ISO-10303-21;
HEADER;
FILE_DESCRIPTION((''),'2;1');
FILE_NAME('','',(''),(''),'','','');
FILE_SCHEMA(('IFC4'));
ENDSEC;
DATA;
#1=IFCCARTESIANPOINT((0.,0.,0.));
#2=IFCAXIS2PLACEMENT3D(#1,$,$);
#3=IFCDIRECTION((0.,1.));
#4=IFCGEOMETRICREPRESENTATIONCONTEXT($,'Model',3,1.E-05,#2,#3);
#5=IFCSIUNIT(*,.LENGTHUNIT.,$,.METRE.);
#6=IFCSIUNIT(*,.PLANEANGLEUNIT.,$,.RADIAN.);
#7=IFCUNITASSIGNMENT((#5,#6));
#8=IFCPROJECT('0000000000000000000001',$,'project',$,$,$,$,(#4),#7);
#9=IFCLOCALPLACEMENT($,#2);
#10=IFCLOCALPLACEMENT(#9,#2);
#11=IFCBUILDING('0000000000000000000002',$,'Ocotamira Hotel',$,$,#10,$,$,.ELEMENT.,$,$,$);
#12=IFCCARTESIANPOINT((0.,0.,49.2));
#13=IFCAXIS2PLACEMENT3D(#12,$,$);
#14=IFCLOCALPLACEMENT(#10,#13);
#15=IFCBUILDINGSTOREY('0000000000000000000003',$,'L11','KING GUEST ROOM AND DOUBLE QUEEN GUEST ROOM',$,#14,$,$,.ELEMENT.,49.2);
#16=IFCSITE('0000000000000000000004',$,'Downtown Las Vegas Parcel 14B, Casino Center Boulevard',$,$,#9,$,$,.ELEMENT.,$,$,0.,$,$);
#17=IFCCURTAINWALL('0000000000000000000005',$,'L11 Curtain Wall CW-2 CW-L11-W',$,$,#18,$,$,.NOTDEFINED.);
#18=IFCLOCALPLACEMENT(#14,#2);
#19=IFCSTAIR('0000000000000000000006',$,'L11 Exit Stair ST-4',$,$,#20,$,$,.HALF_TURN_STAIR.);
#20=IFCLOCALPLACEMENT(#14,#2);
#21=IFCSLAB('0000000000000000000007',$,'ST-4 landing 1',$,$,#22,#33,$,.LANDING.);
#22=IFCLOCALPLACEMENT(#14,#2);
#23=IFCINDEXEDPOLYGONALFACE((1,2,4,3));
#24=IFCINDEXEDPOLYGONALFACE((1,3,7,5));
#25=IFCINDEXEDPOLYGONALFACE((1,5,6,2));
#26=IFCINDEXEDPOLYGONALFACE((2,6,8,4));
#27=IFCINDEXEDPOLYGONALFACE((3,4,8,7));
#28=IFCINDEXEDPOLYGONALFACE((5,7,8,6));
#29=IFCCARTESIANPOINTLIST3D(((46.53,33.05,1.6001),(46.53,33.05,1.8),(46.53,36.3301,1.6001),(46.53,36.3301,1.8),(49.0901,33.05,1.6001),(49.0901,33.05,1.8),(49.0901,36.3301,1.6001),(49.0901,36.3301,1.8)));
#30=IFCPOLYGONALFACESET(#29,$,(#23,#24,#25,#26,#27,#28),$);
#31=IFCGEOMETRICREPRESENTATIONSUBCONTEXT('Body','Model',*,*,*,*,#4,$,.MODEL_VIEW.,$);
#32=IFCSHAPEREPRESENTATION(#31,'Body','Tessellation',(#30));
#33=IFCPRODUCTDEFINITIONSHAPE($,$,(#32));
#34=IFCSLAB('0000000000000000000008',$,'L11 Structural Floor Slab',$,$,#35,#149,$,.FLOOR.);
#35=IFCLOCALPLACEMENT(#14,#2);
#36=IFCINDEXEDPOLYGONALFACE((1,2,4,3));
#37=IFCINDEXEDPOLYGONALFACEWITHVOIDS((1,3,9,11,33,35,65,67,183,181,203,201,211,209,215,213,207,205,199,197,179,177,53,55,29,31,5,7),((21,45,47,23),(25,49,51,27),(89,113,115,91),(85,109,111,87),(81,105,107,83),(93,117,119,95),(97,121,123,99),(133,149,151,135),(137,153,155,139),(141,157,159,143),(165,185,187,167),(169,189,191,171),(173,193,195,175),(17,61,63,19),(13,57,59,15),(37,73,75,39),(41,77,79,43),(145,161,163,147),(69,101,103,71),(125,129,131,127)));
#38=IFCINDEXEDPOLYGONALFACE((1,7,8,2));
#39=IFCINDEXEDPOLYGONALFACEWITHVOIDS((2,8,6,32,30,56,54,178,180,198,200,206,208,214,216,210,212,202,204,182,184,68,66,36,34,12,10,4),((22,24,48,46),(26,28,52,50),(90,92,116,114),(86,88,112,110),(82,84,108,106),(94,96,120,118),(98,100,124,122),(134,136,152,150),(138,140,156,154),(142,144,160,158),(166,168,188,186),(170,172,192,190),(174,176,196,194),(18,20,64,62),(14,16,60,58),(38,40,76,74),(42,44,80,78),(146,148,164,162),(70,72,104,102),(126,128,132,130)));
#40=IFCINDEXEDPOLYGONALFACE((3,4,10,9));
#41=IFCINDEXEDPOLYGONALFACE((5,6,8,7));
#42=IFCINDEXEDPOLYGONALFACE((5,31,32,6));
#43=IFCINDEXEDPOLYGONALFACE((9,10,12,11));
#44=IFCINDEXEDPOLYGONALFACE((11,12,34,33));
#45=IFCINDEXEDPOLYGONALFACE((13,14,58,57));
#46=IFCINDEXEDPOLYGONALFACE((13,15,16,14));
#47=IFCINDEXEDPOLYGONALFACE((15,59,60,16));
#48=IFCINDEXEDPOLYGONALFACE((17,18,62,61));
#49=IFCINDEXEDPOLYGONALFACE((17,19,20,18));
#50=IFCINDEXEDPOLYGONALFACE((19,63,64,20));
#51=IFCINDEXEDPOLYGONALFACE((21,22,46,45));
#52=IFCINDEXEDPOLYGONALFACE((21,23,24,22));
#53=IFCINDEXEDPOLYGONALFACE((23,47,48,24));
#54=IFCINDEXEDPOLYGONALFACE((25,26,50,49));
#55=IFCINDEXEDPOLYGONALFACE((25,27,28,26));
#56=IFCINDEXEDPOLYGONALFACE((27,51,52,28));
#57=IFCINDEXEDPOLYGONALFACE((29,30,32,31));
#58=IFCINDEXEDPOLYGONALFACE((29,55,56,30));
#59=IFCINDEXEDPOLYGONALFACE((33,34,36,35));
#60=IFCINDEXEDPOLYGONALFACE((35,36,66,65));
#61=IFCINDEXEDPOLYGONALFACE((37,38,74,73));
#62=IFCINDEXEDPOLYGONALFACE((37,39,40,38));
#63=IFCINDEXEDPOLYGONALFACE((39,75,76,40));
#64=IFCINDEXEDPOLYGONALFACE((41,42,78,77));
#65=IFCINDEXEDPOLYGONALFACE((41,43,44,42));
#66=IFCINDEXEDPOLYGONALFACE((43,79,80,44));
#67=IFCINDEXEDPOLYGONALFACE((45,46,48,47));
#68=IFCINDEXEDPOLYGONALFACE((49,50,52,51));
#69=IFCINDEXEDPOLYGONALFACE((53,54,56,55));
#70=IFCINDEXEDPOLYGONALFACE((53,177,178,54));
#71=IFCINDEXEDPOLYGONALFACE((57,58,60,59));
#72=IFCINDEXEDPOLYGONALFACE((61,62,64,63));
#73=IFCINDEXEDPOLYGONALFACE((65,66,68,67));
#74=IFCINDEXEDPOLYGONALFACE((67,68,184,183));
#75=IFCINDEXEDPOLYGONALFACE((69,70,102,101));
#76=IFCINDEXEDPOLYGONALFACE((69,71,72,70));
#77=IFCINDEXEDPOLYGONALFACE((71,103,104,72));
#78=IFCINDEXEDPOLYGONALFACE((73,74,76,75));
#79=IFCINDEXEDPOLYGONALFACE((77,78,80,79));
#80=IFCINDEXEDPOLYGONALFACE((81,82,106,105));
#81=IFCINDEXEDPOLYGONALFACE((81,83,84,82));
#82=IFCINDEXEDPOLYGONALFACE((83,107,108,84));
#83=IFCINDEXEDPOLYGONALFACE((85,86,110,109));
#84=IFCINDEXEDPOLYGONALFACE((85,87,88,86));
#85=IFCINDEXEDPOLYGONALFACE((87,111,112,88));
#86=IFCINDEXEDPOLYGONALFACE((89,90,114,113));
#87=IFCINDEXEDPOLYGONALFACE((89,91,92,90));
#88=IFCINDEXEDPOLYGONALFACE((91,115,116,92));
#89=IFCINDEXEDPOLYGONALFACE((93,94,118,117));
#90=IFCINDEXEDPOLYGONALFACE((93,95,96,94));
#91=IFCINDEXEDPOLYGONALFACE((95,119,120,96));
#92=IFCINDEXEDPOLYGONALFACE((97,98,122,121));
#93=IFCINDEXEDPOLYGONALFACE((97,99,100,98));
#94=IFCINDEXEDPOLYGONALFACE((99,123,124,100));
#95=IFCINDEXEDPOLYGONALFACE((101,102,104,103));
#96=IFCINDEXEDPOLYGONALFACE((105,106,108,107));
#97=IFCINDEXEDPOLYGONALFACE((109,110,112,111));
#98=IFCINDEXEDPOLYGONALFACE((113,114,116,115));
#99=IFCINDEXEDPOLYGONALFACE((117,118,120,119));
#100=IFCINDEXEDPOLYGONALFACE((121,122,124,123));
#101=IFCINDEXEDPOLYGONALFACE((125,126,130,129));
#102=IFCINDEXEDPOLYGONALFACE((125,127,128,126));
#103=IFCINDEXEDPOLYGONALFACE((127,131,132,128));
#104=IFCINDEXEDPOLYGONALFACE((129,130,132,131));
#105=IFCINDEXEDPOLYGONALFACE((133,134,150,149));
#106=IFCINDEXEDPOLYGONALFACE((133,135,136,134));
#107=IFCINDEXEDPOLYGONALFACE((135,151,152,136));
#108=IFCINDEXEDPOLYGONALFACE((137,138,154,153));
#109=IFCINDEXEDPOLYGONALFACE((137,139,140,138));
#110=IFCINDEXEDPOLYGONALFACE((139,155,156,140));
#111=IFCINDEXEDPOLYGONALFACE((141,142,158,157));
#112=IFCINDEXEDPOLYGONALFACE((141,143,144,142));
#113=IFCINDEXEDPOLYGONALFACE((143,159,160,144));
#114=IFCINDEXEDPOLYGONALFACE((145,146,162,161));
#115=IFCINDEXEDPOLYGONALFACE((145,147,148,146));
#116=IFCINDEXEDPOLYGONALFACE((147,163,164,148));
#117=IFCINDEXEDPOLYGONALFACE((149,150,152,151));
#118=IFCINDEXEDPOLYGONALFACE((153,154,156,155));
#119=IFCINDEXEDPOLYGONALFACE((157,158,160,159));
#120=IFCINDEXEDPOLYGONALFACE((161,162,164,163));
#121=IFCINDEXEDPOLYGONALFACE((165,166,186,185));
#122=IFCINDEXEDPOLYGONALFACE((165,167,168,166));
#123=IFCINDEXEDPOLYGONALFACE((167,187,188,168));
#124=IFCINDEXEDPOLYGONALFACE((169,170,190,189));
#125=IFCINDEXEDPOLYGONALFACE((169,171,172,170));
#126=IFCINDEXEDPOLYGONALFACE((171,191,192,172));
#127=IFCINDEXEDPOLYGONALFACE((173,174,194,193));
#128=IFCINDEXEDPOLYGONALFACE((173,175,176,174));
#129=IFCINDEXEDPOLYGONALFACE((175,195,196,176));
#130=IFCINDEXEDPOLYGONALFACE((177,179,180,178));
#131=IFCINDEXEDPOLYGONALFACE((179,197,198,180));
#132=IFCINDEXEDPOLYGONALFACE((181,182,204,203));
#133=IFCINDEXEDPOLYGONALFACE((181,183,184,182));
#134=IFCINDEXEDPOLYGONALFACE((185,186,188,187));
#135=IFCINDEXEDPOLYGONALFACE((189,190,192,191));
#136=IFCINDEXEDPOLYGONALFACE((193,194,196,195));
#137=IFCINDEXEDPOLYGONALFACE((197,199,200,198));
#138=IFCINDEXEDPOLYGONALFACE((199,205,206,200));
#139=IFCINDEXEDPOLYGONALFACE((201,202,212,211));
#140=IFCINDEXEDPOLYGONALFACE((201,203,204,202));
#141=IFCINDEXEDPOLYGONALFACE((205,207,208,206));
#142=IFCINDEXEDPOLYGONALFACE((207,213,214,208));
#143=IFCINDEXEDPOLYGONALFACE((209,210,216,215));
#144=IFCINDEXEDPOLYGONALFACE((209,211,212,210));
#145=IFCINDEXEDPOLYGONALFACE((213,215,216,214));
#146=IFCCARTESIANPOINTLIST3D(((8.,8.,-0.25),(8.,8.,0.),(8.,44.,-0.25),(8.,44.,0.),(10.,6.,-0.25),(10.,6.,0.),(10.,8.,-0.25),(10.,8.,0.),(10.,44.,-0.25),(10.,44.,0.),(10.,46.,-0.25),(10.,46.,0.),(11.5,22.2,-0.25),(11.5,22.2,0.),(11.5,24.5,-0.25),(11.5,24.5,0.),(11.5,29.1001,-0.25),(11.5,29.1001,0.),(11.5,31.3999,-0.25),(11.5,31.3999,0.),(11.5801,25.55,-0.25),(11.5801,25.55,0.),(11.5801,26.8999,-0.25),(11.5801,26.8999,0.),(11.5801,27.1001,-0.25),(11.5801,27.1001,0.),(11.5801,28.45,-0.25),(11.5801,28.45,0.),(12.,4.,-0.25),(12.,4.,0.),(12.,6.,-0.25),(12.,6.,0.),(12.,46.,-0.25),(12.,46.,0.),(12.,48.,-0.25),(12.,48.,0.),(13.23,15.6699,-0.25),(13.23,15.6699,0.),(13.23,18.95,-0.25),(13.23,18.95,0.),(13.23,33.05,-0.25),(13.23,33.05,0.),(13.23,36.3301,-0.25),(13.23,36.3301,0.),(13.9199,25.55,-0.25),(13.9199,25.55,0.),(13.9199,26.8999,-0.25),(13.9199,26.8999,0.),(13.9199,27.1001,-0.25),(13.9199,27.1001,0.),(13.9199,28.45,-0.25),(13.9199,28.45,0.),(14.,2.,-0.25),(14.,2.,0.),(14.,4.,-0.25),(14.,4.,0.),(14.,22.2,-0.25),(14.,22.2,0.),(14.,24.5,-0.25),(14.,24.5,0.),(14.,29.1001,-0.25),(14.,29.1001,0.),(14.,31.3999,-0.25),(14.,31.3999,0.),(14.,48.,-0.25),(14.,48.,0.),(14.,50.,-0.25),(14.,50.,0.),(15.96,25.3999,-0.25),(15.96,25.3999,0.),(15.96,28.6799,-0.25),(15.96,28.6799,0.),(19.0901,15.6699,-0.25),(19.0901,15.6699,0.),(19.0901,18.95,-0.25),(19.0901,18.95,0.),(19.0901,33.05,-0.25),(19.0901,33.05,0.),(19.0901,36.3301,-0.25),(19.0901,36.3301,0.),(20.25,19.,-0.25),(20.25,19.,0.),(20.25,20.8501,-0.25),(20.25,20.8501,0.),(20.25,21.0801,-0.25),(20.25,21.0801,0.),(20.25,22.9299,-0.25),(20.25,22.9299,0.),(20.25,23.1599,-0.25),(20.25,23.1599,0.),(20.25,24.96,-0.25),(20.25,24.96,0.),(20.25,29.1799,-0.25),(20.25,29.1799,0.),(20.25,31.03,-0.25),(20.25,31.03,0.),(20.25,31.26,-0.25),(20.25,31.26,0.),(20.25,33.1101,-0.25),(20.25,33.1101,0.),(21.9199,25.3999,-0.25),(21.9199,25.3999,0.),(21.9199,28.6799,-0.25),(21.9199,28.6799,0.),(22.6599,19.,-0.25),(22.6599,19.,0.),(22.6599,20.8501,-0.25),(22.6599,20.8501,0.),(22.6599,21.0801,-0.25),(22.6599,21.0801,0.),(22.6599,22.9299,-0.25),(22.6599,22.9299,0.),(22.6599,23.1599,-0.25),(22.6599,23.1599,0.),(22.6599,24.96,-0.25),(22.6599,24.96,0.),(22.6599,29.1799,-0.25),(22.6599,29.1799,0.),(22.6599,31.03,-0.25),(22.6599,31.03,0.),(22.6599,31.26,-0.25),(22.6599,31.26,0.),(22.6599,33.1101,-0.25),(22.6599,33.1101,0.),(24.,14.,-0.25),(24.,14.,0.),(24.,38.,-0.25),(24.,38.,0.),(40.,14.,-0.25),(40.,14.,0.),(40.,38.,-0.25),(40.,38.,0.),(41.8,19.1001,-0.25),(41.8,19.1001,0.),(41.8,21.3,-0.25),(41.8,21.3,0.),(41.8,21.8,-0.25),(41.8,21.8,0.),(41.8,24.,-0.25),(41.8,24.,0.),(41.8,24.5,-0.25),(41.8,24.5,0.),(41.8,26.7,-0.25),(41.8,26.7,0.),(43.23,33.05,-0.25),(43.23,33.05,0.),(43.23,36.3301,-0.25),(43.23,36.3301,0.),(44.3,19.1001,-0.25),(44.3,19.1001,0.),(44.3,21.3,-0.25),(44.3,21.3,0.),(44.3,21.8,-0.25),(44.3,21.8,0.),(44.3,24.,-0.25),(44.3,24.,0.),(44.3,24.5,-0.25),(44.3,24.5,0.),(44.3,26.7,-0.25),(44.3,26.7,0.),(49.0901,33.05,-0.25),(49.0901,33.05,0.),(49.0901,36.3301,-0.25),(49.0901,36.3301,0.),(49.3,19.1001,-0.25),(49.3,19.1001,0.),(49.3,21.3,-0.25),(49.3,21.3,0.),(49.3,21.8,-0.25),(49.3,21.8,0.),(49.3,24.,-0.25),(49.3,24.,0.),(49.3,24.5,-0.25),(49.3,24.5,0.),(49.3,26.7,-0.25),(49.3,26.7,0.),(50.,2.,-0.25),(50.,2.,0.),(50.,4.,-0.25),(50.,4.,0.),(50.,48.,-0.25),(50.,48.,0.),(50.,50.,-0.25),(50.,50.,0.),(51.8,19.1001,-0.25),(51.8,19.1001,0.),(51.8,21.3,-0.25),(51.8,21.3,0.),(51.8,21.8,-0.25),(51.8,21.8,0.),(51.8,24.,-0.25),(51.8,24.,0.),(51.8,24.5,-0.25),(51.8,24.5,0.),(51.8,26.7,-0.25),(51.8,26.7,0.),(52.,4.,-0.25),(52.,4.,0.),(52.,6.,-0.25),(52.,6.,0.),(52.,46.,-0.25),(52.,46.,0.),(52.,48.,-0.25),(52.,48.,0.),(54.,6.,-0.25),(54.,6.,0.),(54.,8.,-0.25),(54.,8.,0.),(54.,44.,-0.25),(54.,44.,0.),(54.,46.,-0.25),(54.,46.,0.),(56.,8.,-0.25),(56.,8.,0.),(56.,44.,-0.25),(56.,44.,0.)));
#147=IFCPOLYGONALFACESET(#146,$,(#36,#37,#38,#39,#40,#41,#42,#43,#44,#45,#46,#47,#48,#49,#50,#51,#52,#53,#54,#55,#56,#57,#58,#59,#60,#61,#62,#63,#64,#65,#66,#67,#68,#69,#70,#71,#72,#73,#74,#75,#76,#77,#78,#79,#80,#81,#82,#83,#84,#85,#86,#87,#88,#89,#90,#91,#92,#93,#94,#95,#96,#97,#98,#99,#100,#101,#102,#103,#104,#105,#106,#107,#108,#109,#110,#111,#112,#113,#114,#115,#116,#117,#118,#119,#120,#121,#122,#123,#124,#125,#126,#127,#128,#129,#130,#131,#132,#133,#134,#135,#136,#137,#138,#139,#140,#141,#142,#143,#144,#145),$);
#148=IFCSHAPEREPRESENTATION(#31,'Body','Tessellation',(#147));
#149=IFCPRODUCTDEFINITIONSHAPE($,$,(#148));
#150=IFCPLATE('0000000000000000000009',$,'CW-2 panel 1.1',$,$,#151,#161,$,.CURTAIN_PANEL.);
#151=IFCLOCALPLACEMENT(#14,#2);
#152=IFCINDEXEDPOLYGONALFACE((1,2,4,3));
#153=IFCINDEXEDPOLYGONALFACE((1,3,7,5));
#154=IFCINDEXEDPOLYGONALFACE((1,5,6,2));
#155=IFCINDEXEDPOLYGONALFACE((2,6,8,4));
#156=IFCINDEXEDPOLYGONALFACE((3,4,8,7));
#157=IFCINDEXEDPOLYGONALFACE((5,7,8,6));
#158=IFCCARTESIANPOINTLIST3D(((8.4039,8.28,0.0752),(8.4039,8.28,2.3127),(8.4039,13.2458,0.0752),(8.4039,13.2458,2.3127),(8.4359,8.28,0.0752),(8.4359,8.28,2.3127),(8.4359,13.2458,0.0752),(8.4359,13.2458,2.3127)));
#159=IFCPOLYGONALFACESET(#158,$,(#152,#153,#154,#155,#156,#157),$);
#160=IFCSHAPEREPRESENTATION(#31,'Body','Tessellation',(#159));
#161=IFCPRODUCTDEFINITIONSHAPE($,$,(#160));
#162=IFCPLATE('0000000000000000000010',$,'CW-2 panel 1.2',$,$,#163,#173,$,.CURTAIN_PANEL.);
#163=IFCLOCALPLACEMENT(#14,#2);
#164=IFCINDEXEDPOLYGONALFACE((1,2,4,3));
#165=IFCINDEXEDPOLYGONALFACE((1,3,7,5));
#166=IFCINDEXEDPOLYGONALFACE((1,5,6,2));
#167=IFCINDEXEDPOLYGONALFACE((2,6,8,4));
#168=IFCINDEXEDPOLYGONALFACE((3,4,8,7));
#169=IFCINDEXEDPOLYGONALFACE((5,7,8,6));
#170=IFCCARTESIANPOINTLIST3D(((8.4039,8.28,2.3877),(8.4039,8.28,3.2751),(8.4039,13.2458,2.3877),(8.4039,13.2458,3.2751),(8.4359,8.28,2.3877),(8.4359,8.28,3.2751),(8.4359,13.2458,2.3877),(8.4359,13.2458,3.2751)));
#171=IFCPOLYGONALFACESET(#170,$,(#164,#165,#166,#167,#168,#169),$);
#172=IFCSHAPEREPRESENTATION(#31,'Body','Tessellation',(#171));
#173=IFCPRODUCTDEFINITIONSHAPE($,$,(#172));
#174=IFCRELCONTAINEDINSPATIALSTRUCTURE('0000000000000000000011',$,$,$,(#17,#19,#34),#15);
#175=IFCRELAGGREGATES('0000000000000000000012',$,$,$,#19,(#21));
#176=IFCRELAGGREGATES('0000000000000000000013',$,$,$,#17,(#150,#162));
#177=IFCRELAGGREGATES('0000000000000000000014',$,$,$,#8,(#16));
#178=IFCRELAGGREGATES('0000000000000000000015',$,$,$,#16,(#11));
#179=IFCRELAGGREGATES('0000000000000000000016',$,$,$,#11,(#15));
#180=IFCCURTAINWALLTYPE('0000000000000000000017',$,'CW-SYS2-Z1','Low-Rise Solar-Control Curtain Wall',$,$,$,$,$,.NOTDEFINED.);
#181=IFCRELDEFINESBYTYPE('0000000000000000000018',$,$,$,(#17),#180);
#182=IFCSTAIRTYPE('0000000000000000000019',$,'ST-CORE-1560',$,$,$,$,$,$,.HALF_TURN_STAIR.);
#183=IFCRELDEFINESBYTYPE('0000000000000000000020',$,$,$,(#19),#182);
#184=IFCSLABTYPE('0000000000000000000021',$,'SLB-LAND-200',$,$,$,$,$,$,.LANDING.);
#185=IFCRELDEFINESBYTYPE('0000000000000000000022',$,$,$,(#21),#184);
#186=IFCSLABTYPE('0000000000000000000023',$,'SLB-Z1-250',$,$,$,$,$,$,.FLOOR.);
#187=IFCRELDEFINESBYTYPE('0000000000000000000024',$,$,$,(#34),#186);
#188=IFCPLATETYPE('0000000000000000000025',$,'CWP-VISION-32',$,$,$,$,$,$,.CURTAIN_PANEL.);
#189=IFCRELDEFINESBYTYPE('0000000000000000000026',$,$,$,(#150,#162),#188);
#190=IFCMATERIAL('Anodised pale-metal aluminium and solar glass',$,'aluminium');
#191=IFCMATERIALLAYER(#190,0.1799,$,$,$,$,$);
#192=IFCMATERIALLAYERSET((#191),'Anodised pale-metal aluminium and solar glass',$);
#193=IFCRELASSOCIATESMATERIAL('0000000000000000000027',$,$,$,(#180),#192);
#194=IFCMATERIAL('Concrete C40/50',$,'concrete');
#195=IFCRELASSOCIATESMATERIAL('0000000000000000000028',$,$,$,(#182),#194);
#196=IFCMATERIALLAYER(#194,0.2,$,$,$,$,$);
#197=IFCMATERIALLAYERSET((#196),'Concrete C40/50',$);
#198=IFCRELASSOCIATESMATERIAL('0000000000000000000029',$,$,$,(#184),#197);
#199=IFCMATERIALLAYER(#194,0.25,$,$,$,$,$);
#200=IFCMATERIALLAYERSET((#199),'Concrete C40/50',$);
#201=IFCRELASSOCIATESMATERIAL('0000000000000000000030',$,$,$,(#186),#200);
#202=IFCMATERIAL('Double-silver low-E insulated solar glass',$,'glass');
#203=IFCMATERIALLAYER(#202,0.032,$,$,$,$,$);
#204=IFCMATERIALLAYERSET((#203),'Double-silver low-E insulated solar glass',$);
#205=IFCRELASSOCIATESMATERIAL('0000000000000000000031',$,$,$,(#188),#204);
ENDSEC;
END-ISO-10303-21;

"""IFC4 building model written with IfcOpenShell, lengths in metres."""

from ifc_helpers import new_model, si_unit, direction, frame, origin, origin_2d, place, context, subcontext, project, spatial, polyline, rectangle, outline, extrude, source, transform, mapped, material, layer, layer_set, type_object, element, aggregate, save


model = new_model("IFC4")

# Units and contexts
model_context = context("Model", 3, precision=1e-05, world=origin(), true_north=direction((0.0, 1.0)))
body_context = subcontext(model_context, "Body", "Model", "MODEL_VIEW")
ifc_project = project(units=[si_unit("LENGTHUNIT", "METRE"), si_unit("PLANEANGLEUNIT", "RADIAN")], contexts=[model_context])

# Site, building, storey
site_placement = place(None, origin())
site = spatial("IfcSite", under=ifc_project, at=site_placement, Name="Downtown Las Vegas Parcel 14B, Casino Center Boulevard", CompositionType="ELEMENT", RefElevation=0.0)
building_placement = place(site_placement, origin())
building = spatial("IfcBuilding", under=site, at=building_placement, Name="Ocotamira Hotel", CompositionType="ELEMENT")
storey_placement = place(building_placement, frame((0.0, 0.0, 49.2)))
storey = spatial("IfcBuildingStorey", under=building, at=storey_placement, Name="L11", Description="KING GUEST ROOM AND DOUBLE QUEEN GUEST ROOM", CompositionType="ELEMENT", Elevation=49.2)

# Curtain wall
ifc_material_1 = material(Name="Anodised pale-metal aluminium and solar glass", Category="aluminium")
ifc_layer_1 = layer(ifc_material_1, 0.1799)
ifc_layer_set_1 = layer_set([ifc_layer_1], Name="Anodised pale-metal aluminium and solar glass")
curtain_wall_type = type_object("IfcCurtainWallType", Name="CW-SYS2-Z1", Description="Low-Rise Solar-Control Curtain Wall", PredefinedType="NOTDEFINED", material=ifc_layer_set_1)
curtain_wall_1_placement = place(storey_placement, origin())
curtain_wall_1 = element("IfcCurtainWall", 1, at=curtain_wall_1_placement, inside=storey, type_object=curtain_wall_type, Name="L11 Curtain Wall CW-2 CW-L11-W", PredefinedType="NOTDEFINED")

# Stair, slab
ifc_material_2 = material(Name="Concrete C40/50", Category="concrete")
stair_type = type_object("IfcStairType", Name="ST-CORE-1560", PredefinedType="HALF_TURN_STAIR", material=ifc_material_2)
ifc_layer_2 = layer(ifc_material_2, 0.2)
ifc_layer_set_2 = layer_set([ifc_layer_2], Name="Concrete C40/50")
slab_type_1 = type_object("IfcSlabType", Name="SLB-LAND-200", PredefinedType="LANDING", material=ifc_layer_set_2)
stair_1_placement = place(storey_placement, origin())
stair_1 = element("IfcStair", 2, at=stair_1_placement, inside=storey, type_object=stair_type, Name="L11 Exit Stair ST-4", PredefinedType="HALF_TURN_STAIR")
slab_1_placement = place(storey_placement, frame((0.0, 0.0, 1.6001)))
slab_1 = element("IfcSlab", 3, at=slab_1_placement, type_object=slab_type_1, Name="ST-4 landing 1", PredefinedType="LANDING", context=body_context, shape_type="SweptSolid", body=[
    extrude(outline(polyline([(46.53, 33.05), (49.0901, 33.05), (49.0901, 36.3301), (46.53, 36.3301), (46.53, 33.05)])), origin(), (0.0, 0.0, 1.0), 0.2),
])
aggregate(stair_1, [slab_1])

# Slab
ifc_layer_3 = layer(ifc_material_2, 0.25)
ifc_layer_set_3 = layer_set([ifc_layer_3], Name="Concrete C40/50")
slab_type_2 = type_object("IfcSlabType", Name="SLB-Z1-250", PredefinedType="FLOOR", material=ifc_layer_set_3)
slab_2_placement = place(storey_placement, frame((0.0, 0.0, -0.25)))
element("IfcSlab", 4, at=slab_2_placement, inside=storey, type_object=slab_type_2, Name="L11 Structural Floor Slab", PredefinedType="FLOOR", context=body_context, shape_type="SweptSolid", body=[
    extrude(outline(polyline([(14.0, 2.0), (50.0, 2.0), (50.0, 4.0), (52.0, 4.0), (52.0, 6.0), (54.0, 6.0), (54.0, 8.0), (56.0, 8.0), (56.0, 44.0), (54.0, 44.0), (54.0, 46.0), (52.0, 46.0), (52.0, 48.0), (50.0, 48.0), (50.0, 50.0), (14.0, 50.0), (14.0, 48.0), (12.0, 48.0), (12.0, 46.0), (10.0, 46.0), (10.0, 44.0), (8.0, 44.0), (8.0, 8.0), (10.0, 8.0), (10.0, 6.0), (12.0, 6.0), (12.0, 4.0), (14.0, 4.0), (14.0, 2.0)]), holes=[polyline([(24.0, 14.0), (40.0, 14.0), (40.0, 38.0), (24.0, 38.0), (24.0, 14.0)]), polyline([(13.23, 15.6699), (19.0901, 15.6699), (19.0901, 18.95), (13.23, 18.95), (13.23, 15.6699)]), polyline([(13.23, 33.05), (19.0901, 33.05), (19.0901, 36.3301), (13.23, 36.3301), (13.23, 33.05)]), polyline([(15.96, 25.3999), (21.9199, 25.3999), (21.9199, 28.6799), (15.96, 28.6799), (15.96, 25.3999)]), polyline([(43.23, 33.05), (49.0901, 33.05), (49.0901, 36.3301), (43.23, 36.3301), (43.23, 33.05)]), polyline([(49.3, 19.1001), (51.8, 19.1001), (51.8, 21.3), (49.3, 21.3), (49.3, 19.1001)]), polyline([(49.3, 21.8), (51.8, 21.8), (51.8, 24.0), (49.3, 24.0), (49.3, 21.8)]), polyline([(49.3, 24.5), (51.8, 24.5), (51.8, 26.7), (49.3, 26.7), (49.3, 24.5)]), polyline([(41.8, 19.1001), (44.3, 19.1001), (44.3, 21.3), (41.8, 21.3), (41.8, 19.1001)]), polyline([(41.8, 21.8), (44.3, 21.8), (44.3, 24.0), (41.8, 24.0), (41.8, 21.8)]), polyline([(41.8, 24.5), (44.3, 24.5), (44.3, 26.7), (41.8, 26.7), (41.8, 24.5)]), polyline([(20.25, 19.0), (22.6599, 19.0), (22.6599, 20.8501), (20.25, 20.8501), (20.25, 19.0)]), polyline([(20.25, 21.0801), (22.6599, 21.0801), (22.6599, 22.9299), (20.25, 22.9299), (20.25, 21.0801)]), polyline([(20.25, 23.1599), (22.6599, 23.1599), (22.6599, 24.96), (20.25, 24.96), (20.25, 23.1599)]), polyline([(20.25, 29.1799), (22.6599, 29.1799), (22.6599, 31.03), (20.25, 31.03), (20.25, 29.1799)]), polyline([(20.25, 31.26), (22.6599, 31.26), (22.6599, 33.1101), (20.25, 33.1101), (20.25, 31.26)]), polyline([(11.5, 22.2), (14.0, 22.2), (14.0, 24.5), (11.5, 24.5), (11.5, 22.2)]), polyline([(11.5, 29.1001), (14.0, 29.1001), (14.0, 31.3999), (11.5, 31.3999), (11.5, 29.1001)]), polyline([(11.5801, 25.55), (13.9199, 25.55), (13.9199, 26.8999), (11.5801, 26.8999), (11.5801, 25.55)]), polyline([(11.5801, 27.1001), (13.9199, 27.1001), (13.9199, 28.45), (11.5801, 28.45), (11.5801, 27.1001)])]), origin(), (0.0, 0.0, 1.0), 0.25),
])

# Plates
ifc_material_3 = material(Name="Double-silver low-E insulated solar glass", Category="glass")
ifc_layer_4 = layer(ifc_material_3, 0.032)
ifc_layer_set_4 = layer_set([ifc_layer_4], Name="Double-silver low-E insulated solar glass")
plate_type = type_object("IfcPlateType", Name="CWP-VISION-32", PredefinedType="CURTAIN_PANEL", material=ifc_layer_set_4)
shared_shape_1 = source(origin(), body_context, "Body", "SweptSolid", [
    extrude(rectangle(XDim=4.9658, YDim=0.032, at=origin_2d()), origin(), (0.0, 0.0, 1.0), 2.2375),
])
plate_1_placement = place(storey_placement, frame((8.4199, 10.7629, 0.0752), z_axis=(0.0, 0.0, 1.0), x_axis=(0.0, 1.0, 0.0)))
plate_1 = element("IfcPlate", 5, at=plate_1_placement, type_object=plate_type, Name="CW-2 panel 1.1", PredefinedType="CURTAIN_PANEL", context=body_context, shape_type="MappedRepresentation", body=[
    mapped(shared_shape_1, transform((0.0, 0.0, 0.0), scale=1.0)),
])
shared_shape_2 = source(origin(), body_context, "Body", "SweptSolid", [
    extrude(rectangle(XDim=4.9658, YDim=0.032, at=origin_2d()), origin(), (0.0, 0.0, 1.0), 0.8875),
])
plate_2_placement = place(storey_placement, frame((8.4199, 10.7629, 2.3877), z_axis=(0.0, 0.0, 1.0), x_axis=(0.0, 1.0, 0.0)))
plate_2 = element("IfcPlate", 6, at=plate_2_placement, type_object=plate_type, Name="CW-2 panel 1.2", PredefinedType="CURTAIN_PANEL", context=body_context, shape_type="MappedRepresentation", body=[
    mapped(shared_shape_2, transform((0.0, 0.0, 0.0), scale=1.0)),
])
aggregate(curtain_wall_1, [plate_1, plate_2])

save(model, "model.ifc")
